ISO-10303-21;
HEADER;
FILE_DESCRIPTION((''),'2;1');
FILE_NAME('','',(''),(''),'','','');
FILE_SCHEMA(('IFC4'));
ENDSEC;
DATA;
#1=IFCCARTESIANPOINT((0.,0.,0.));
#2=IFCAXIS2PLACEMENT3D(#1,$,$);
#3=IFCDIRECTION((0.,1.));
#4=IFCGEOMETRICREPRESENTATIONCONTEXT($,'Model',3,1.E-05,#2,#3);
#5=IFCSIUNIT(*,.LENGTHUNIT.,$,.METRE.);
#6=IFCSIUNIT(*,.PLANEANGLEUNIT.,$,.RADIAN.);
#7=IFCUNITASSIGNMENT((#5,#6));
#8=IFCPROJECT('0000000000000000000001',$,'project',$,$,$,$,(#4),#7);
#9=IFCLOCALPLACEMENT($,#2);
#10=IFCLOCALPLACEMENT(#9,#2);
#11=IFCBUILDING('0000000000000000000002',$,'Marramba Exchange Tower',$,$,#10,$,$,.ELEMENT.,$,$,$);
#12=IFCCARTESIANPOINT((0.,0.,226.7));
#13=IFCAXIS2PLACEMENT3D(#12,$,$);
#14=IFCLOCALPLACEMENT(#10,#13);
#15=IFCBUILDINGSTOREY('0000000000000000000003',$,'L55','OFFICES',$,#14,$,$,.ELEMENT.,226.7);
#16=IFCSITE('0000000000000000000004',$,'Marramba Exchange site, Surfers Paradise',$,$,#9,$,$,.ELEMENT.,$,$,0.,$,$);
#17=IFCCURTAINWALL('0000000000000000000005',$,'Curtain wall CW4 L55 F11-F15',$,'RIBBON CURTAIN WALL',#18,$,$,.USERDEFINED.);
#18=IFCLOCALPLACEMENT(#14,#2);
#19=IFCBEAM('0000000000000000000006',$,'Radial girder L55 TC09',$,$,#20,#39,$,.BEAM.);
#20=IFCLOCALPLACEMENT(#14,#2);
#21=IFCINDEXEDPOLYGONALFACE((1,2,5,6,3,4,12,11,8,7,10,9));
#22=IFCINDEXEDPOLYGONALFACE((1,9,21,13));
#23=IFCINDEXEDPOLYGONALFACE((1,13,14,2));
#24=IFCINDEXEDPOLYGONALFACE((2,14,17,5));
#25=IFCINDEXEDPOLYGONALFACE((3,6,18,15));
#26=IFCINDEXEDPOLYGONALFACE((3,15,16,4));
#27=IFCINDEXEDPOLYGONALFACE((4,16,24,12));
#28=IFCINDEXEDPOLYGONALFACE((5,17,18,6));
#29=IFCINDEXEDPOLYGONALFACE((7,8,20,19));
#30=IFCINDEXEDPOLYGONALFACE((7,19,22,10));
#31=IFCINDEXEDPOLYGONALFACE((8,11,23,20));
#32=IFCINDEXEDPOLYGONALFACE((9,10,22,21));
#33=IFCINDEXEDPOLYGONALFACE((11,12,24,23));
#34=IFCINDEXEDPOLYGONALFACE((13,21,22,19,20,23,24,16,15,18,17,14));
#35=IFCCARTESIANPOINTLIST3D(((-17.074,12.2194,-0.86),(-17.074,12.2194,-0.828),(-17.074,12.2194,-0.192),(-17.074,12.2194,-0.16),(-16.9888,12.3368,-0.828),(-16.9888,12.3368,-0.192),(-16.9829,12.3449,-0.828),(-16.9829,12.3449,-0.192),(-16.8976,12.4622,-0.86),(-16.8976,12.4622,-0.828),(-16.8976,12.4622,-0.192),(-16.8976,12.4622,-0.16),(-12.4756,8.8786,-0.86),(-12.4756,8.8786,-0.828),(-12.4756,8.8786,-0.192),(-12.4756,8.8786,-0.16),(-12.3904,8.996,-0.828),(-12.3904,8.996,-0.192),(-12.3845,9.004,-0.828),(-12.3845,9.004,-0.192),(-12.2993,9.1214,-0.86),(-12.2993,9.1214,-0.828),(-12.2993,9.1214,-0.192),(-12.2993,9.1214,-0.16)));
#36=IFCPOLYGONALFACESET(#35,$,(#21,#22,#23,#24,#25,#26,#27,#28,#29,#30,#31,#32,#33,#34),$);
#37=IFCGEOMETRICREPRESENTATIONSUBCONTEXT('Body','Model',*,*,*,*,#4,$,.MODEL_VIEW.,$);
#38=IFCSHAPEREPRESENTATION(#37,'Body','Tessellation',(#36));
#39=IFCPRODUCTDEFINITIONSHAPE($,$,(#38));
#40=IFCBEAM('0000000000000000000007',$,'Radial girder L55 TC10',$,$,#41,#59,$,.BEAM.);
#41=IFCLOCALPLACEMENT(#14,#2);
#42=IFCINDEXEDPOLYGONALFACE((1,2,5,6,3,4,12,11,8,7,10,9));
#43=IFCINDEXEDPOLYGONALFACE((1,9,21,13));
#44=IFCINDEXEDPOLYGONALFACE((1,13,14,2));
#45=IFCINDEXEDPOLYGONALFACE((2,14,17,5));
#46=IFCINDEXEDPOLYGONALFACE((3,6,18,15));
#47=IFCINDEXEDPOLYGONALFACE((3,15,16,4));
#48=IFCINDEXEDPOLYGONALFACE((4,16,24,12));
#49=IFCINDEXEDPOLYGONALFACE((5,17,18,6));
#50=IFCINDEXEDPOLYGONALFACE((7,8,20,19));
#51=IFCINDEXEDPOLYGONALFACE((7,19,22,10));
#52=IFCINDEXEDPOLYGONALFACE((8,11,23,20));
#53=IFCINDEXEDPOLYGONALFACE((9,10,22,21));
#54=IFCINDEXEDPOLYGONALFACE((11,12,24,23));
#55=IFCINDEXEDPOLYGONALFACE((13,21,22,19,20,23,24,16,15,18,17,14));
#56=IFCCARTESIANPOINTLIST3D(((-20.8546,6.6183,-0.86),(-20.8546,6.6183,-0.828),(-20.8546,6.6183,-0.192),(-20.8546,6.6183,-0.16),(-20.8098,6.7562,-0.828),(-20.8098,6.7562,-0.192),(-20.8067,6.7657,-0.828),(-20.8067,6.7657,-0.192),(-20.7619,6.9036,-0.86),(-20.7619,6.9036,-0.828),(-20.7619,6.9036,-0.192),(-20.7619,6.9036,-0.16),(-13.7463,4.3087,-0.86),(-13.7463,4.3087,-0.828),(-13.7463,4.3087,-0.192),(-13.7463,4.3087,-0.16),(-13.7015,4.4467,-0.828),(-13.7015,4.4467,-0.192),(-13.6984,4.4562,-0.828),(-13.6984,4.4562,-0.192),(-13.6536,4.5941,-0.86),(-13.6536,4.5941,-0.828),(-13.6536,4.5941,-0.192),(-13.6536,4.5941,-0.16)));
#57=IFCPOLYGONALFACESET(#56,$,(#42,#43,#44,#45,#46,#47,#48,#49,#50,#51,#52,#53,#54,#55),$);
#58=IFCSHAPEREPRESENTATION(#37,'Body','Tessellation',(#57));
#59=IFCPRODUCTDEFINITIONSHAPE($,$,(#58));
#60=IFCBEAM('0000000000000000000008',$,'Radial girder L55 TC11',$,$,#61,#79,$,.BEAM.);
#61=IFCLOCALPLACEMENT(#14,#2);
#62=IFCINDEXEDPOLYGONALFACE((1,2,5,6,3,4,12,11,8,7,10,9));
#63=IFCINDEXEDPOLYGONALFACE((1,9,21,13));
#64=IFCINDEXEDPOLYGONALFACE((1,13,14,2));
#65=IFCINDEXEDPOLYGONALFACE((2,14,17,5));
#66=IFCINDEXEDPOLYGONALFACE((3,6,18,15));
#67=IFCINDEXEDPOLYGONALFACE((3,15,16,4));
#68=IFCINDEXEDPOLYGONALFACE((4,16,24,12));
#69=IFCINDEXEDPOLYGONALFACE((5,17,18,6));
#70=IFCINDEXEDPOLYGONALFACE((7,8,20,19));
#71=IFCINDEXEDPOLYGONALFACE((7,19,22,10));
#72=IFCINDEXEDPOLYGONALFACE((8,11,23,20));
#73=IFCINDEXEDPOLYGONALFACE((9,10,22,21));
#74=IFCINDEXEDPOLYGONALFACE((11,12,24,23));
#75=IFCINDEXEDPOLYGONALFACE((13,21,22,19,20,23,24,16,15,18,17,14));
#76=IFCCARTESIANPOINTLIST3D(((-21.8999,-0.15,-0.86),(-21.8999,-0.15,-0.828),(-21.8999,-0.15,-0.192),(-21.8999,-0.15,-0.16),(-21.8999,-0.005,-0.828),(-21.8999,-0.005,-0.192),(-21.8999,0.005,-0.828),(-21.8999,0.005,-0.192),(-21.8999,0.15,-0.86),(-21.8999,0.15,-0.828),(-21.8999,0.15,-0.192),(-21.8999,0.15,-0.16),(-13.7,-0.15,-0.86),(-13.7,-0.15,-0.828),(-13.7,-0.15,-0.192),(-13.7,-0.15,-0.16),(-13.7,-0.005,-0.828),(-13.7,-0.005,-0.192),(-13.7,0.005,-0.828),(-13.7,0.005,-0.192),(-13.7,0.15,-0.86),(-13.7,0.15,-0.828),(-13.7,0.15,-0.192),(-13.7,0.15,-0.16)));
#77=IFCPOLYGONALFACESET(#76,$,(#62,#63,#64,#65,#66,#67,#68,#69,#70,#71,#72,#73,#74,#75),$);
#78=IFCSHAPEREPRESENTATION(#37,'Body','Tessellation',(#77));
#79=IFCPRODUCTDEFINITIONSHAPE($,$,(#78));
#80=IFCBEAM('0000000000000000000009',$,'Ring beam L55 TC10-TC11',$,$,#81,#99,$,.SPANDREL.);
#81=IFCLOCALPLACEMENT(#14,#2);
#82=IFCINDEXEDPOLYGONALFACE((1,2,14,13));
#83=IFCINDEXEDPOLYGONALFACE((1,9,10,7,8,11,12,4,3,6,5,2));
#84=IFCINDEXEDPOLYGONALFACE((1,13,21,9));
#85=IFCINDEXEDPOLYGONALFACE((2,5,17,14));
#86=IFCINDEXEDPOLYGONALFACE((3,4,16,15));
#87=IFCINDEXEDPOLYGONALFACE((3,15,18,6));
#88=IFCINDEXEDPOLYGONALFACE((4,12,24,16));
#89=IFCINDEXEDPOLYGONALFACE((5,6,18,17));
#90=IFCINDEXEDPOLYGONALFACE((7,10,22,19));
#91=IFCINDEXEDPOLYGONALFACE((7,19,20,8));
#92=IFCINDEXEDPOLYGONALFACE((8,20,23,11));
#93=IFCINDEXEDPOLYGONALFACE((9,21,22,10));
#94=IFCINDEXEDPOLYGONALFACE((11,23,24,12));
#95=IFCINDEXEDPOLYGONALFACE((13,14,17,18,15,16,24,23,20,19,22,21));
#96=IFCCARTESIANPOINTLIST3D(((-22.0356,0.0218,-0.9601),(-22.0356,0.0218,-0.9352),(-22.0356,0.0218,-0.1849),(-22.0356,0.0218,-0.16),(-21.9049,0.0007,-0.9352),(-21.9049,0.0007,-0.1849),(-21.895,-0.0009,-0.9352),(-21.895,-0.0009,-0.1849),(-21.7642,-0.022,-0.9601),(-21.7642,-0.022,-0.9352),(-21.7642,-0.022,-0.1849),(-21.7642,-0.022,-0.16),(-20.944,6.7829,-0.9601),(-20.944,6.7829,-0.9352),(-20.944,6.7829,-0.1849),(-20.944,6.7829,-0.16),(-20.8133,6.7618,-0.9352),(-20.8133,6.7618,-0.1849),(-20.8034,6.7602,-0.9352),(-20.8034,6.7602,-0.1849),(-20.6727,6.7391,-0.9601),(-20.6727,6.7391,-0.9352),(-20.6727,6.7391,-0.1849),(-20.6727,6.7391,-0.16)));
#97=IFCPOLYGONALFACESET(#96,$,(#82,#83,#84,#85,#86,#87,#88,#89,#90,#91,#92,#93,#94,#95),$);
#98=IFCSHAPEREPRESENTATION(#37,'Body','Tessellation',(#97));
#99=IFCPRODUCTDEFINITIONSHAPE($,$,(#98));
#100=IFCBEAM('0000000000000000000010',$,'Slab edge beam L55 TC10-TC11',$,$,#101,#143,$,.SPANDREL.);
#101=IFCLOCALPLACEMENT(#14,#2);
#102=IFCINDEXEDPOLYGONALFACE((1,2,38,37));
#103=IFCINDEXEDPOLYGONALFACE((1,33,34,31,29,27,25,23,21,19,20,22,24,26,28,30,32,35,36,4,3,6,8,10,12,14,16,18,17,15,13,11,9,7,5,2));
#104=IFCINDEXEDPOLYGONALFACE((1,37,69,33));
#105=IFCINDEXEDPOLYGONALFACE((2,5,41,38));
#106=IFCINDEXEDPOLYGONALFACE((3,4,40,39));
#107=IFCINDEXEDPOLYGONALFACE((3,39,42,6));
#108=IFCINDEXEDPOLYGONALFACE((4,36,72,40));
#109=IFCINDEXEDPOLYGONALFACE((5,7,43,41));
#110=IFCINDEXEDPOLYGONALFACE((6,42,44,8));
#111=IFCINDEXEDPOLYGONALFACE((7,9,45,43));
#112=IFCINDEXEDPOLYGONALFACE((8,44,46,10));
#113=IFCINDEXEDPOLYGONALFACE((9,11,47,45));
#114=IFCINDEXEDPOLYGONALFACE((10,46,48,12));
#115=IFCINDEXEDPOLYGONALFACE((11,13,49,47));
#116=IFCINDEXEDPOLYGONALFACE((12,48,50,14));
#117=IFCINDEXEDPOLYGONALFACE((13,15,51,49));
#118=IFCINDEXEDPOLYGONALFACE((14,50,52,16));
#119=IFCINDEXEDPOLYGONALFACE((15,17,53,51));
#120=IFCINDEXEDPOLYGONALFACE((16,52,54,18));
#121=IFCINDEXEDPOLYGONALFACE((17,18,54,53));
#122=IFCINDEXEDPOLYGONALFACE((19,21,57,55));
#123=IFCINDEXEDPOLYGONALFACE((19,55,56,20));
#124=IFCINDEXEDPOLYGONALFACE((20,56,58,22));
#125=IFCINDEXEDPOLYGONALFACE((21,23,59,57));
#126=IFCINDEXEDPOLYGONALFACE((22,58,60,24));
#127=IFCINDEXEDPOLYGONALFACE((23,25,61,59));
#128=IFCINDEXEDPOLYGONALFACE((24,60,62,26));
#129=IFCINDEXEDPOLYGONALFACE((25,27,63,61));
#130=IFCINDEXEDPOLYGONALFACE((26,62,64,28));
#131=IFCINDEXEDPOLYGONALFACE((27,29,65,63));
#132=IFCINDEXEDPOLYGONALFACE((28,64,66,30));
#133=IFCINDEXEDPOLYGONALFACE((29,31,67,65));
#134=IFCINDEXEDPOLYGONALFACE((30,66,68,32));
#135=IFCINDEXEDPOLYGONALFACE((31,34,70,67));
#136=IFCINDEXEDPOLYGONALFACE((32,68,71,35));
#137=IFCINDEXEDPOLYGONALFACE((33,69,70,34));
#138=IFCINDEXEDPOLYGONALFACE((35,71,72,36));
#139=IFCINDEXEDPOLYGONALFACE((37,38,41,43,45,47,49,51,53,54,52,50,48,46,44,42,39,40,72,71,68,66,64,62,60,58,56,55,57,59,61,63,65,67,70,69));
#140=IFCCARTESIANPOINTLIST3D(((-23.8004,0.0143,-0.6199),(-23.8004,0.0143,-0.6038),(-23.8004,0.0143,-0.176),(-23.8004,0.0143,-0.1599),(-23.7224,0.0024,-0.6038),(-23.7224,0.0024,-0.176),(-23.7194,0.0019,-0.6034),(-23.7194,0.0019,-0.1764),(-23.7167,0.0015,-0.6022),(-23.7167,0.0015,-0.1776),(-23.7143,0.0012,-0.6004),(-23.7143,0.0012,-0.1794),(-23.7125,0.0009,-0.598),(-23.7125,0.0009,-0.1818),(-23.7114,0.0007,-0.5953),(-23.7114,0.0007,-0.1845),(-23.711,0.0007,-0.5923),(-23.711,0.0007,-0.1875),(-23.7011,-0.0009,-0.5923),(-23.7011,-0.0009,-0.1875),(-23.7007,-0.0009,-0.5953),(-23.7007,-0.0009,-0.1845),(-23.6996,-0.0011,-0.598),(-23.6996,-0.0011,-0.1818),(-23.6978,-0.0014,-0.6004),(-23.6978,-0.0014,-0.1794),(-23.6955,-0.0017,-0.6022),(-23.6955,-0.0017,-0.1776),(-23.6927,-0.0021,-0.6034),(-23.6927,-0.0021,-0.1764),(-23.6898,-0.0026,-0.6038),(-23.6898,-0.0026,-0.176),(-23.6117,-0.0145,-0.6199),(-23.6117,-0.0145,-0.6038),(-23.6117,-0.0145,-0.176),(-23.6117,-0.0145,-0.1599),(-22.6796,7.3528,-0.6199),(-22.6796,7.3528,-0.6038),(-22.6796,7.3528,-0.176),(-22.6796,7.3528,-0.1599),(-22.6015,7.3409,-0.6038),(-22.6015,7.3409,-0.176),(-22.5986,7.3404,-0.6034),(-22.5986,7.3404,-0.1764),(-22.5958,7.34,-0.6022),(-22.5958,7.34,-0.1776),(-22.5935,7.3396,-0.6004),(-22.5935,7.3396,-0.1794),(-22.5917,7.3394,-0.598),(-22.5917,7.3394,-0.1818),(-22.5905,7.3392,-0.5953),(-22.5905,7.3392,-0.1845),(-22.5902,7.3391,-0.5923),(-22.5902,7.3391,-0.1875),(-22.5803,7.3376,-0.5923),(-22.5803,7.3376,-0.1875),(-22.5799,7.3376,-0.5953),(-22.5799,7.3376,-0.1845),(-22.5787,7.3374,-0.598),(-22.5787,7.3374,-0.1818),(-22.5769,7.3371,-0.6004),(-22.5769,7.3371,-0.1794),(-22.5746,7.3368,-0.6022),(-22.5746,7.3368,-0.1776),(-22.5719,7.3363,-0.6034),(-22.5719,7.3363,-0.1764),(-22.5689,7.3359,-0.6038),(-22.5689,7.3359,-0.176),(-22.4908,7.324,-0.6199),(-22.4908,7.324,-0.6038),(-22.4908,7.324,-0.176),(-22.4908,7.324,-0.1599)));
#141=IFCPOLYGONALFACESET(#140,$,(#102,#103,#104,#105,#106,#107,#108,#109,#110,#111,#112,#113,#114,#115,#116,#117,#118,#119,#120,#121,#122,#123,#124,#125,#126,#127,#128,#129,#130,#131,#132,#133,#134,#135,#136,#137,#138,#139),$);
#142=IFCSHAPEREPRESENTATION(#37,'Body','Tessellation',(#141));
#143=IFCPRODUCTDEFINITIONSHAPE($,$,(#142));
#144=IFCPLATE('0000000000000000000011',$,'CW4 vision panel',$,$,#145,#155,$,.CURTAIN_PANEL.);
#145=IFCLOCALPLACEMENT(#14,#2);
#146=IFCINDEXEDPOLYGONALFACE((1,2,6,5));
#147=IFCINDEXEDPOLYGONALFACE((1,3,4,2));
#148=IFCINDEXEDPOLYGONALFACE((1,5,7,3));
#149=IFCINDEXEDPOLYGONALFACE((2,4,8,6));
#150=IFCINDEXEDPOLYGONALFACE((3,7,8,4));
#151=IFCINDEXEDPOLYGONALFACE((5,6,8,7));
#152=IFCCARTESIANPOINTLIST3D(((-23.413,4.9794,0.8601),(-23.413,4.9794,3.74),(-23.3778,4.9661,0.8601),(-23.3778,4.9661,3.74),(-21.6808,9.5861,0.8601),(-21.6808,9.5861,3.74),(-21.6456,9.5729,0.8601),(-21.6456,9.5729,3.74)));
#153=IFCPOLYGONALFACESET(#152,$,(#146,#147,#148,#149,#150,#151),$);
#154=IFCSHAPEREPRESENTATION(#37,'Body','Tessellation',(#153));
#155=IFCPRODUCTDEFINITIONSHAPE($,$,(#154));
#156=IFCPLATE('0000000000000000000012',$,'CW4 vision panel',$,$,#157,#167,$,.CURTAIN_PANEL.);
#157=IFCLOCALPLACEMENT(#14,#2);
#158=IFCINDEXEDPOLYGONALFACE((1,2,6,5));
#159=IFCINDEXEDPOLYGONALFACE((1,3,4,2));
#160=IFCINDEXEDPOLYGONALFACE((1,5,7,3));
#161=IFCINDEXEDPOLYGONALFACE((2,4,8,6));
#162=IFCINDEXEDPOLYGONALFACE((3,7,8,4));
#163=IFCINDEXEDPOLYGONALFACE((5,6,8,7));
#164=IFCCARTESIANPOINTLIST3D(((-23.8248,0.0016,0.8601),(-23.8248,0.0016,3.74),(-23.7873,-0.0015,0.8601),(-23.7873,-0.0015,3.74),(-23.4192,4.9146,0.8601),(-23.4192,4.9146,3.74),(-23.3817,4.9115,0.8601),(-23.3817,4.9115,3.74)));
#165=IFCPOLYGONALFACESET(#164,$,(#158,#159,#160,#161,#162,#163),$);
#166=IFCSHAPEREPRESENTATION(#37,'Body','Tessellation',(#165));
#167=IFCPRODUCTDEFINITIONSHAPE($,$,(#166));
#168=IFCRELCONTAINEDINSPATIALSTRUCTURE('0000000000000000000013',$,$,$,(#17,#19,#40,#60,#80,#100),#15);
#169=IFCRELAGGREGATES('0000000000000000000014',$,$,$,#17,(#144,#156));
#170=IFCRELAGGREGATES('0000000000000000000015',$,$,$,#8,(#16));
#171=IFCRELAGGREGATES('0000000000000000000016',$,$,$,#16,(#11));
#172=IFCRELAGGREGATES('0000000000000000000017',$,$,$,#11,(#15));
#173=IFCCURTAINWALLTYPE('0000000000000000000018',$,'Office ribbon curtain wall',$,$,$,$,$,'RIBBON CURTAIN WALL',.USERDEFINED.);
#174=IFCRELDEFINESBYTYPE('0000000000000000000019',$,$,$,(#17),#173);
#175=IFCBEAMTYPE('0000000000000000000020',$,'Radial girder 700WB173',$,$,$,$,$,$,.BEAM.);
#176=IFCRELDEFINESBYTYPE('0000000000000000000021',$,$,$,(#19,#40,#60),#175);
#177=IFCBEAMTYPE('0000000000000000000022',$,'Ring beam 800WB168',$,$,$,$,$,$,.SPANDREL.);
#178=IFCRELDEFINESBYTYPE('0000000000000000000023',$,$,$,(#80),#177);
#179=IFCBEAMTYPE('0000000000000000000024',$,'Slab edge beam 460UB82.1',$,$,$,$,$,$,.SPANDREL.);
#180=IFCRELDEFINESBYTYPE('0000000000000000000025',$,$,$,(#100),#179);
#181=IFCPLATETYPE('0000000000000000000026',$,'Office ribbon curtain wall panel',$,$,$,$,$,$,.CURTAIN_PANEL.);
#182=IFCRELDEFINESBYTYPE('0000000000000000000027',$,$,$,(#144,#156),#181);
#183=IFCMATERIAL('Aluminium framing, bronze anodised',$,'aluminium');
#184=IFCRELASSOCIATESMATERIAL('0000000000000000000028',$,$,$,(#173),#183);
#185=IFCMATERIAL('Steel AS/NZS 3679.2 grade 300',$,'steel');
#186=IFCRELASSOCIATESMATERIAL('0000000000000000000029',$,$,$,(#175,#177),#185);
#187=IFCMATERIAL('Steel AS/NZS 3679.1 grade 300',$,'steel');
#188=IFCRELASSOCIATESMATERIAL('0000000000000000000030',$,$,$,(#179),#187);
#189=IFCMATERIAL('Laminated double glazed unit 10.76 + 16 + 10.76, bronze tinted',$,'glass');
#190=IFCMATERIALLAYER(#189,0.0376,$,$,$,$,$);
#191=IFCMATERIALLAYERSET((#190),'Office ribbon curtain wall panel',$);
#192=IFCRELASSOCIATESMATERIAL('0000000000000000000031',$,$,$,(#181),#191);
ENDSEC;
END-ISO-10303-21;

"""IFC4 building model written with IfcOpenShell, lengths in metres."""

from ifc_helpers import new_model, si_unit, direction, frame, origin, origin_2d, place, context, subcontext, project, spatial, rectangle, i_section, extrude, material, layer, layer_set, material_profile, profile_set, type_object, element, aggregate, save


model = new_model("IFC4")

# Units and contexts
model_context = context("Model", 3, precision=1e-05, world=origin(), true_north=direction((0.0, 1.0)))
body_context = subcontext(model_context, "Body", "Model", "MODEL_VIEW")
ifc_project = project(units=[si_unit("LENGTHUNIT", "METRE"), si_unit("PLANEANGLEUNIT", "RADIAN")], contexts=[model_context])

# Site, building, storey
site_placement = place(None, origin())
site = spatial("IfcSite", under=ifc_project, at=site_placement, Name="Marramba Exchange site, Surfers Paradise", CompositionType="ELEMENT", RefElevation=0.0)
building_placement = place(site_placement, origin())
building = spatial("IfcBuilding", under=site, at=building_placement, Name="Marramba Exchange Tower", CompositionType="ELEMENT")
storey_placement = place(building_placement, frame((0.0, 0.0, 226.7)))
storey = spatial("IfcBuildingStorey", under=building, at=storey_placement, Name="L55", Description="OFFICES", CompositionType="ELEMENT", Elevation=226.7)

# Shared definitions
ifc_material_1 = material(Name="Steel AS/NZS 3679.2 grade 300", Category="steel")
ifc_material_2 = material(Name="Steel AS/NZS 3679.1 grade 300", Category="steel")

# Curtain wall
ifc_material_3 = material(Name="Aluminium framing, bronze anodised", Category="aluminium")
curtain_wall_type = type_object("IfcCurtainWallType", Name="Office ribbon curtain wall", ElementType="RIBBON CURTAIN WALL", PredefinedType="USERDEFINED", material=ifc_material_3)
curtain_wall_placement = place(storey_placement, origin())
curtain_wall = element("IfcCurtainWall", 1, at=curtain_wall_placement, inside=storey, type_object=curtain_wall_type, Name="Curtain wall CW4 L55 F11-F15", ObjectType="RIBBON CURTAIN WALL", PredefinedType="USERDEFINED")

# Beams
ifc_material_profile_1 = material_profile(ifc_material_1, i_section(OverallWidth=0.3, OverallDepth=0.7, WebThickness=0.01, FlangeThickness=0.032, at=origin_2d()), Name="700WB173")
ifc_profile_set_1 = profile_set([ifc_material_profile_1], Name="Steel AS/NZS 3679.2 grade 300")
beam_type_1 = type_object("IfcBeamType", Name="Radial girder 700WB173", PredefinedType="BEAM", material=ifc_profile_set_1)
beam_1_placement = place(storey_placement, frame((-12.3875, 9.0, -0.51), z_axis=(-0.809026, 0.587773, 0.0), x_axis=(-0.587773, -0.809026, 0.0)))
element("IfcBeam", 2, at=beam_1_placement, inside=storey, type_object=beam_type_1, Name="Radial girder L55 TC09", PredefinedType="BEAM", context=body_context, shape_type="SweptSolid", body=[
    extrude(i_section(OverallWidth=0.3, OverallDepth=0.7, WebThickness=0.01, FlangeThickness=0.032, at=origin_2d()), origin(), (0.0, 0.0, 1.0), 5.6838),
])
beam_2_placement = place(storey_placement, frame((-13.7, 4.4514, -0.51), z_axis=(-0.95106, 0.309006, 0.0), x_axis=(-0.309006, -0.95106, 0.0)))
element("IfcBeam", 3, at=beam_2_placement, inside=storey, type_object=beam_type_1, Name="Radial girder L55 TC10", PredefinedType="BEAM", context=body_context, shape_type="SweptSolid", body=[
    extrude(i_section(OverallWidth=0.3, OverallDepth=0.7, WebThickness=0.01, FlangeThickness=0.032, at=origin_2d()), origin(), (0.0, 0.0, 1.0), 7.4741),
])
beam_3_placement = place(storey_placement, frame((-13.7, 0.0, -0.51), z_axis=(-1.0, 0.0, 0.0), x_axis=(0.0, -1.0, 0.0)))
element("IfcBeam", 4, at=beam_3_placement, inside=storey, type_object=beam_type_1, Name="Radial girder L55 TC11", PredefinedType="BEAM", context=body_context, shape_type="SweptSolid", body=[
    extrude(i_section(OverallWidth=0.3, OverallDepth=0.7, WebThickness=0.01, FlangeThickness=0.032, at=origin_2d()), origin(), (0.0, 0.0, 1.0), 8.2),
])
ifc_material_profile_2 = material_profile(ifc_material_1, i_section(OverallWidth=0.2749, OverallDepth=0.8, WebThickness=0.01, FlangeThickness=0.0249, at=origin_2d()), Name="800WB168")
ifc_profile_set_2 = profile_set([ifc_material_profile_2], Name="Steel AS/NZS 3679.2 grade 300")
beam_type_2 = type_object("IfcBeamType", Name="Ring beam 800WB168", PredefinedType="SPANDREL", material=ifc_profile_set_2)
beam_4_placement = place(storey_placement, frame((-20.8083, 6.761, -0.5601), z_axis=(-0.159385, -0.987217, 0.0), x_axis=(0.987217, -0.159385, 0.0)))
element("IfcBeam", 5, at=beam_4_placement, inside=storey, type_object=beam_type_2, Name="Ring beam L55 TC10-TC11", PredefinedType="SPANDREL", context=body_context, shape_type="SweptSolid", body=[
    extrude(i_section(OverallWidth=0.2749, OverallDepth=0.8, WebThickness=0.01, FlangeThickness=0.0249, at=origin_2d()), origin(), (0.0, 0.0, 1.0), 6.8486),
])
ifc_material_profile_3 = material_profile(ifc_material_2, i_section(OverallWidth=0.1909, OverallDepth=0.46, WebThickness=0.01, FlangeThickness=0.0161, FilletRadius=0.0115, at=origin_2d()), Name="460UB82.1")
ifc_profile_set_3 = profile_set([ifc_material_profile_3], Name="Steel AS/NZS 3679.1 grade 300")
beam_type_3 = type_object("IfcBeamType", Name="Slab edge beam 460UB82.1", PredefinedType="SPANDREL", material=ifc_profile_set_3)
beam_5_placement = place(storey_placement, frame((-22.5852, 7.3384, -0.3899), z_axis=(-0.150987, -0.988536, 0.0), x_axis=(0.988536, -0.150987, 0.0)))
element("IfcBeam", 6, at=beam_5_placement, inside=storey, type_object=beam_type_3, Name="Slab edge beam L55 TC10-TC11", PredefinedType="SPANDREL", context=body_context, shape_type="SweptSolid", body=[
    extrude(i_section(OverallWidth=0.1909, OverallDepth=0.46, WebThickness=0.01, FlangeThickness=0.0161, FilletRadius=0.0115, at=origin_2d()), origin(), (0.0, 0.0, 1.0), 7.4236),
])

# Plates
ifc_material_4 = material(Name="Laminated double glazed unit 10.76 + 16 + 10.76, bronze tinted", Category="glass")
ifc_layer_1 = layer(ifc_material_4, 0.0376)
ifc_layer_set_1 = layer_set([ifc_layer_1], Name="Office ribbon curtain wall panel")
plate_type = type_object("IfcPlateType", Name="Office ribbon curtain wall panel", PredefinedType="CURTAIN_PANEL", material=ifc_layer_set_1)
plate_1_placement = place(storey_placement, frame((-22.5293, 7.2761, 0.8601), z_axis=(0.0, 0.0, 1.0), x_axis=(-0.351952, -0.936018, 0.0)))
plate_1 = element("IfcPlate", 7, at=plate_1_placement, type_object=plate_type, Name="CW4 vision panel", PredefinedType="CURTAIN_PANEL", context=body_context, shape_type="SweptSolid", body=[
    extrude(rectangle(XDim=4.9216, YDim=0.0376, at=origin_2d()), origin(), (0.0, 0.0, 1.0), 2.8799),
])
plate_2_placement = place(storey_placement, frame((-23.6033, 2.4565, 0.8601), z_axis=(0.0, 0.0, 1.0), x_axis=(-0.082281, -0.996609, 0.0)))
plate_2 = element("IfcPlate", 8, at=plate_2_placement, type_object=plate_type, Name="CW4 vision panel", PredefinedType="CURTAIN_PANEL", context=body_context, shape_type="SweptSolid", body=[
    extrude(rectangle(XDim=4.9297, YDim=0.0376, at=origin_2d()), origin(), (0.0, 0.0, 1.0), 2.8799),
])
aggregate(curtain_wall, [plate_1, plate_2])

save(model, "model.ifc")
